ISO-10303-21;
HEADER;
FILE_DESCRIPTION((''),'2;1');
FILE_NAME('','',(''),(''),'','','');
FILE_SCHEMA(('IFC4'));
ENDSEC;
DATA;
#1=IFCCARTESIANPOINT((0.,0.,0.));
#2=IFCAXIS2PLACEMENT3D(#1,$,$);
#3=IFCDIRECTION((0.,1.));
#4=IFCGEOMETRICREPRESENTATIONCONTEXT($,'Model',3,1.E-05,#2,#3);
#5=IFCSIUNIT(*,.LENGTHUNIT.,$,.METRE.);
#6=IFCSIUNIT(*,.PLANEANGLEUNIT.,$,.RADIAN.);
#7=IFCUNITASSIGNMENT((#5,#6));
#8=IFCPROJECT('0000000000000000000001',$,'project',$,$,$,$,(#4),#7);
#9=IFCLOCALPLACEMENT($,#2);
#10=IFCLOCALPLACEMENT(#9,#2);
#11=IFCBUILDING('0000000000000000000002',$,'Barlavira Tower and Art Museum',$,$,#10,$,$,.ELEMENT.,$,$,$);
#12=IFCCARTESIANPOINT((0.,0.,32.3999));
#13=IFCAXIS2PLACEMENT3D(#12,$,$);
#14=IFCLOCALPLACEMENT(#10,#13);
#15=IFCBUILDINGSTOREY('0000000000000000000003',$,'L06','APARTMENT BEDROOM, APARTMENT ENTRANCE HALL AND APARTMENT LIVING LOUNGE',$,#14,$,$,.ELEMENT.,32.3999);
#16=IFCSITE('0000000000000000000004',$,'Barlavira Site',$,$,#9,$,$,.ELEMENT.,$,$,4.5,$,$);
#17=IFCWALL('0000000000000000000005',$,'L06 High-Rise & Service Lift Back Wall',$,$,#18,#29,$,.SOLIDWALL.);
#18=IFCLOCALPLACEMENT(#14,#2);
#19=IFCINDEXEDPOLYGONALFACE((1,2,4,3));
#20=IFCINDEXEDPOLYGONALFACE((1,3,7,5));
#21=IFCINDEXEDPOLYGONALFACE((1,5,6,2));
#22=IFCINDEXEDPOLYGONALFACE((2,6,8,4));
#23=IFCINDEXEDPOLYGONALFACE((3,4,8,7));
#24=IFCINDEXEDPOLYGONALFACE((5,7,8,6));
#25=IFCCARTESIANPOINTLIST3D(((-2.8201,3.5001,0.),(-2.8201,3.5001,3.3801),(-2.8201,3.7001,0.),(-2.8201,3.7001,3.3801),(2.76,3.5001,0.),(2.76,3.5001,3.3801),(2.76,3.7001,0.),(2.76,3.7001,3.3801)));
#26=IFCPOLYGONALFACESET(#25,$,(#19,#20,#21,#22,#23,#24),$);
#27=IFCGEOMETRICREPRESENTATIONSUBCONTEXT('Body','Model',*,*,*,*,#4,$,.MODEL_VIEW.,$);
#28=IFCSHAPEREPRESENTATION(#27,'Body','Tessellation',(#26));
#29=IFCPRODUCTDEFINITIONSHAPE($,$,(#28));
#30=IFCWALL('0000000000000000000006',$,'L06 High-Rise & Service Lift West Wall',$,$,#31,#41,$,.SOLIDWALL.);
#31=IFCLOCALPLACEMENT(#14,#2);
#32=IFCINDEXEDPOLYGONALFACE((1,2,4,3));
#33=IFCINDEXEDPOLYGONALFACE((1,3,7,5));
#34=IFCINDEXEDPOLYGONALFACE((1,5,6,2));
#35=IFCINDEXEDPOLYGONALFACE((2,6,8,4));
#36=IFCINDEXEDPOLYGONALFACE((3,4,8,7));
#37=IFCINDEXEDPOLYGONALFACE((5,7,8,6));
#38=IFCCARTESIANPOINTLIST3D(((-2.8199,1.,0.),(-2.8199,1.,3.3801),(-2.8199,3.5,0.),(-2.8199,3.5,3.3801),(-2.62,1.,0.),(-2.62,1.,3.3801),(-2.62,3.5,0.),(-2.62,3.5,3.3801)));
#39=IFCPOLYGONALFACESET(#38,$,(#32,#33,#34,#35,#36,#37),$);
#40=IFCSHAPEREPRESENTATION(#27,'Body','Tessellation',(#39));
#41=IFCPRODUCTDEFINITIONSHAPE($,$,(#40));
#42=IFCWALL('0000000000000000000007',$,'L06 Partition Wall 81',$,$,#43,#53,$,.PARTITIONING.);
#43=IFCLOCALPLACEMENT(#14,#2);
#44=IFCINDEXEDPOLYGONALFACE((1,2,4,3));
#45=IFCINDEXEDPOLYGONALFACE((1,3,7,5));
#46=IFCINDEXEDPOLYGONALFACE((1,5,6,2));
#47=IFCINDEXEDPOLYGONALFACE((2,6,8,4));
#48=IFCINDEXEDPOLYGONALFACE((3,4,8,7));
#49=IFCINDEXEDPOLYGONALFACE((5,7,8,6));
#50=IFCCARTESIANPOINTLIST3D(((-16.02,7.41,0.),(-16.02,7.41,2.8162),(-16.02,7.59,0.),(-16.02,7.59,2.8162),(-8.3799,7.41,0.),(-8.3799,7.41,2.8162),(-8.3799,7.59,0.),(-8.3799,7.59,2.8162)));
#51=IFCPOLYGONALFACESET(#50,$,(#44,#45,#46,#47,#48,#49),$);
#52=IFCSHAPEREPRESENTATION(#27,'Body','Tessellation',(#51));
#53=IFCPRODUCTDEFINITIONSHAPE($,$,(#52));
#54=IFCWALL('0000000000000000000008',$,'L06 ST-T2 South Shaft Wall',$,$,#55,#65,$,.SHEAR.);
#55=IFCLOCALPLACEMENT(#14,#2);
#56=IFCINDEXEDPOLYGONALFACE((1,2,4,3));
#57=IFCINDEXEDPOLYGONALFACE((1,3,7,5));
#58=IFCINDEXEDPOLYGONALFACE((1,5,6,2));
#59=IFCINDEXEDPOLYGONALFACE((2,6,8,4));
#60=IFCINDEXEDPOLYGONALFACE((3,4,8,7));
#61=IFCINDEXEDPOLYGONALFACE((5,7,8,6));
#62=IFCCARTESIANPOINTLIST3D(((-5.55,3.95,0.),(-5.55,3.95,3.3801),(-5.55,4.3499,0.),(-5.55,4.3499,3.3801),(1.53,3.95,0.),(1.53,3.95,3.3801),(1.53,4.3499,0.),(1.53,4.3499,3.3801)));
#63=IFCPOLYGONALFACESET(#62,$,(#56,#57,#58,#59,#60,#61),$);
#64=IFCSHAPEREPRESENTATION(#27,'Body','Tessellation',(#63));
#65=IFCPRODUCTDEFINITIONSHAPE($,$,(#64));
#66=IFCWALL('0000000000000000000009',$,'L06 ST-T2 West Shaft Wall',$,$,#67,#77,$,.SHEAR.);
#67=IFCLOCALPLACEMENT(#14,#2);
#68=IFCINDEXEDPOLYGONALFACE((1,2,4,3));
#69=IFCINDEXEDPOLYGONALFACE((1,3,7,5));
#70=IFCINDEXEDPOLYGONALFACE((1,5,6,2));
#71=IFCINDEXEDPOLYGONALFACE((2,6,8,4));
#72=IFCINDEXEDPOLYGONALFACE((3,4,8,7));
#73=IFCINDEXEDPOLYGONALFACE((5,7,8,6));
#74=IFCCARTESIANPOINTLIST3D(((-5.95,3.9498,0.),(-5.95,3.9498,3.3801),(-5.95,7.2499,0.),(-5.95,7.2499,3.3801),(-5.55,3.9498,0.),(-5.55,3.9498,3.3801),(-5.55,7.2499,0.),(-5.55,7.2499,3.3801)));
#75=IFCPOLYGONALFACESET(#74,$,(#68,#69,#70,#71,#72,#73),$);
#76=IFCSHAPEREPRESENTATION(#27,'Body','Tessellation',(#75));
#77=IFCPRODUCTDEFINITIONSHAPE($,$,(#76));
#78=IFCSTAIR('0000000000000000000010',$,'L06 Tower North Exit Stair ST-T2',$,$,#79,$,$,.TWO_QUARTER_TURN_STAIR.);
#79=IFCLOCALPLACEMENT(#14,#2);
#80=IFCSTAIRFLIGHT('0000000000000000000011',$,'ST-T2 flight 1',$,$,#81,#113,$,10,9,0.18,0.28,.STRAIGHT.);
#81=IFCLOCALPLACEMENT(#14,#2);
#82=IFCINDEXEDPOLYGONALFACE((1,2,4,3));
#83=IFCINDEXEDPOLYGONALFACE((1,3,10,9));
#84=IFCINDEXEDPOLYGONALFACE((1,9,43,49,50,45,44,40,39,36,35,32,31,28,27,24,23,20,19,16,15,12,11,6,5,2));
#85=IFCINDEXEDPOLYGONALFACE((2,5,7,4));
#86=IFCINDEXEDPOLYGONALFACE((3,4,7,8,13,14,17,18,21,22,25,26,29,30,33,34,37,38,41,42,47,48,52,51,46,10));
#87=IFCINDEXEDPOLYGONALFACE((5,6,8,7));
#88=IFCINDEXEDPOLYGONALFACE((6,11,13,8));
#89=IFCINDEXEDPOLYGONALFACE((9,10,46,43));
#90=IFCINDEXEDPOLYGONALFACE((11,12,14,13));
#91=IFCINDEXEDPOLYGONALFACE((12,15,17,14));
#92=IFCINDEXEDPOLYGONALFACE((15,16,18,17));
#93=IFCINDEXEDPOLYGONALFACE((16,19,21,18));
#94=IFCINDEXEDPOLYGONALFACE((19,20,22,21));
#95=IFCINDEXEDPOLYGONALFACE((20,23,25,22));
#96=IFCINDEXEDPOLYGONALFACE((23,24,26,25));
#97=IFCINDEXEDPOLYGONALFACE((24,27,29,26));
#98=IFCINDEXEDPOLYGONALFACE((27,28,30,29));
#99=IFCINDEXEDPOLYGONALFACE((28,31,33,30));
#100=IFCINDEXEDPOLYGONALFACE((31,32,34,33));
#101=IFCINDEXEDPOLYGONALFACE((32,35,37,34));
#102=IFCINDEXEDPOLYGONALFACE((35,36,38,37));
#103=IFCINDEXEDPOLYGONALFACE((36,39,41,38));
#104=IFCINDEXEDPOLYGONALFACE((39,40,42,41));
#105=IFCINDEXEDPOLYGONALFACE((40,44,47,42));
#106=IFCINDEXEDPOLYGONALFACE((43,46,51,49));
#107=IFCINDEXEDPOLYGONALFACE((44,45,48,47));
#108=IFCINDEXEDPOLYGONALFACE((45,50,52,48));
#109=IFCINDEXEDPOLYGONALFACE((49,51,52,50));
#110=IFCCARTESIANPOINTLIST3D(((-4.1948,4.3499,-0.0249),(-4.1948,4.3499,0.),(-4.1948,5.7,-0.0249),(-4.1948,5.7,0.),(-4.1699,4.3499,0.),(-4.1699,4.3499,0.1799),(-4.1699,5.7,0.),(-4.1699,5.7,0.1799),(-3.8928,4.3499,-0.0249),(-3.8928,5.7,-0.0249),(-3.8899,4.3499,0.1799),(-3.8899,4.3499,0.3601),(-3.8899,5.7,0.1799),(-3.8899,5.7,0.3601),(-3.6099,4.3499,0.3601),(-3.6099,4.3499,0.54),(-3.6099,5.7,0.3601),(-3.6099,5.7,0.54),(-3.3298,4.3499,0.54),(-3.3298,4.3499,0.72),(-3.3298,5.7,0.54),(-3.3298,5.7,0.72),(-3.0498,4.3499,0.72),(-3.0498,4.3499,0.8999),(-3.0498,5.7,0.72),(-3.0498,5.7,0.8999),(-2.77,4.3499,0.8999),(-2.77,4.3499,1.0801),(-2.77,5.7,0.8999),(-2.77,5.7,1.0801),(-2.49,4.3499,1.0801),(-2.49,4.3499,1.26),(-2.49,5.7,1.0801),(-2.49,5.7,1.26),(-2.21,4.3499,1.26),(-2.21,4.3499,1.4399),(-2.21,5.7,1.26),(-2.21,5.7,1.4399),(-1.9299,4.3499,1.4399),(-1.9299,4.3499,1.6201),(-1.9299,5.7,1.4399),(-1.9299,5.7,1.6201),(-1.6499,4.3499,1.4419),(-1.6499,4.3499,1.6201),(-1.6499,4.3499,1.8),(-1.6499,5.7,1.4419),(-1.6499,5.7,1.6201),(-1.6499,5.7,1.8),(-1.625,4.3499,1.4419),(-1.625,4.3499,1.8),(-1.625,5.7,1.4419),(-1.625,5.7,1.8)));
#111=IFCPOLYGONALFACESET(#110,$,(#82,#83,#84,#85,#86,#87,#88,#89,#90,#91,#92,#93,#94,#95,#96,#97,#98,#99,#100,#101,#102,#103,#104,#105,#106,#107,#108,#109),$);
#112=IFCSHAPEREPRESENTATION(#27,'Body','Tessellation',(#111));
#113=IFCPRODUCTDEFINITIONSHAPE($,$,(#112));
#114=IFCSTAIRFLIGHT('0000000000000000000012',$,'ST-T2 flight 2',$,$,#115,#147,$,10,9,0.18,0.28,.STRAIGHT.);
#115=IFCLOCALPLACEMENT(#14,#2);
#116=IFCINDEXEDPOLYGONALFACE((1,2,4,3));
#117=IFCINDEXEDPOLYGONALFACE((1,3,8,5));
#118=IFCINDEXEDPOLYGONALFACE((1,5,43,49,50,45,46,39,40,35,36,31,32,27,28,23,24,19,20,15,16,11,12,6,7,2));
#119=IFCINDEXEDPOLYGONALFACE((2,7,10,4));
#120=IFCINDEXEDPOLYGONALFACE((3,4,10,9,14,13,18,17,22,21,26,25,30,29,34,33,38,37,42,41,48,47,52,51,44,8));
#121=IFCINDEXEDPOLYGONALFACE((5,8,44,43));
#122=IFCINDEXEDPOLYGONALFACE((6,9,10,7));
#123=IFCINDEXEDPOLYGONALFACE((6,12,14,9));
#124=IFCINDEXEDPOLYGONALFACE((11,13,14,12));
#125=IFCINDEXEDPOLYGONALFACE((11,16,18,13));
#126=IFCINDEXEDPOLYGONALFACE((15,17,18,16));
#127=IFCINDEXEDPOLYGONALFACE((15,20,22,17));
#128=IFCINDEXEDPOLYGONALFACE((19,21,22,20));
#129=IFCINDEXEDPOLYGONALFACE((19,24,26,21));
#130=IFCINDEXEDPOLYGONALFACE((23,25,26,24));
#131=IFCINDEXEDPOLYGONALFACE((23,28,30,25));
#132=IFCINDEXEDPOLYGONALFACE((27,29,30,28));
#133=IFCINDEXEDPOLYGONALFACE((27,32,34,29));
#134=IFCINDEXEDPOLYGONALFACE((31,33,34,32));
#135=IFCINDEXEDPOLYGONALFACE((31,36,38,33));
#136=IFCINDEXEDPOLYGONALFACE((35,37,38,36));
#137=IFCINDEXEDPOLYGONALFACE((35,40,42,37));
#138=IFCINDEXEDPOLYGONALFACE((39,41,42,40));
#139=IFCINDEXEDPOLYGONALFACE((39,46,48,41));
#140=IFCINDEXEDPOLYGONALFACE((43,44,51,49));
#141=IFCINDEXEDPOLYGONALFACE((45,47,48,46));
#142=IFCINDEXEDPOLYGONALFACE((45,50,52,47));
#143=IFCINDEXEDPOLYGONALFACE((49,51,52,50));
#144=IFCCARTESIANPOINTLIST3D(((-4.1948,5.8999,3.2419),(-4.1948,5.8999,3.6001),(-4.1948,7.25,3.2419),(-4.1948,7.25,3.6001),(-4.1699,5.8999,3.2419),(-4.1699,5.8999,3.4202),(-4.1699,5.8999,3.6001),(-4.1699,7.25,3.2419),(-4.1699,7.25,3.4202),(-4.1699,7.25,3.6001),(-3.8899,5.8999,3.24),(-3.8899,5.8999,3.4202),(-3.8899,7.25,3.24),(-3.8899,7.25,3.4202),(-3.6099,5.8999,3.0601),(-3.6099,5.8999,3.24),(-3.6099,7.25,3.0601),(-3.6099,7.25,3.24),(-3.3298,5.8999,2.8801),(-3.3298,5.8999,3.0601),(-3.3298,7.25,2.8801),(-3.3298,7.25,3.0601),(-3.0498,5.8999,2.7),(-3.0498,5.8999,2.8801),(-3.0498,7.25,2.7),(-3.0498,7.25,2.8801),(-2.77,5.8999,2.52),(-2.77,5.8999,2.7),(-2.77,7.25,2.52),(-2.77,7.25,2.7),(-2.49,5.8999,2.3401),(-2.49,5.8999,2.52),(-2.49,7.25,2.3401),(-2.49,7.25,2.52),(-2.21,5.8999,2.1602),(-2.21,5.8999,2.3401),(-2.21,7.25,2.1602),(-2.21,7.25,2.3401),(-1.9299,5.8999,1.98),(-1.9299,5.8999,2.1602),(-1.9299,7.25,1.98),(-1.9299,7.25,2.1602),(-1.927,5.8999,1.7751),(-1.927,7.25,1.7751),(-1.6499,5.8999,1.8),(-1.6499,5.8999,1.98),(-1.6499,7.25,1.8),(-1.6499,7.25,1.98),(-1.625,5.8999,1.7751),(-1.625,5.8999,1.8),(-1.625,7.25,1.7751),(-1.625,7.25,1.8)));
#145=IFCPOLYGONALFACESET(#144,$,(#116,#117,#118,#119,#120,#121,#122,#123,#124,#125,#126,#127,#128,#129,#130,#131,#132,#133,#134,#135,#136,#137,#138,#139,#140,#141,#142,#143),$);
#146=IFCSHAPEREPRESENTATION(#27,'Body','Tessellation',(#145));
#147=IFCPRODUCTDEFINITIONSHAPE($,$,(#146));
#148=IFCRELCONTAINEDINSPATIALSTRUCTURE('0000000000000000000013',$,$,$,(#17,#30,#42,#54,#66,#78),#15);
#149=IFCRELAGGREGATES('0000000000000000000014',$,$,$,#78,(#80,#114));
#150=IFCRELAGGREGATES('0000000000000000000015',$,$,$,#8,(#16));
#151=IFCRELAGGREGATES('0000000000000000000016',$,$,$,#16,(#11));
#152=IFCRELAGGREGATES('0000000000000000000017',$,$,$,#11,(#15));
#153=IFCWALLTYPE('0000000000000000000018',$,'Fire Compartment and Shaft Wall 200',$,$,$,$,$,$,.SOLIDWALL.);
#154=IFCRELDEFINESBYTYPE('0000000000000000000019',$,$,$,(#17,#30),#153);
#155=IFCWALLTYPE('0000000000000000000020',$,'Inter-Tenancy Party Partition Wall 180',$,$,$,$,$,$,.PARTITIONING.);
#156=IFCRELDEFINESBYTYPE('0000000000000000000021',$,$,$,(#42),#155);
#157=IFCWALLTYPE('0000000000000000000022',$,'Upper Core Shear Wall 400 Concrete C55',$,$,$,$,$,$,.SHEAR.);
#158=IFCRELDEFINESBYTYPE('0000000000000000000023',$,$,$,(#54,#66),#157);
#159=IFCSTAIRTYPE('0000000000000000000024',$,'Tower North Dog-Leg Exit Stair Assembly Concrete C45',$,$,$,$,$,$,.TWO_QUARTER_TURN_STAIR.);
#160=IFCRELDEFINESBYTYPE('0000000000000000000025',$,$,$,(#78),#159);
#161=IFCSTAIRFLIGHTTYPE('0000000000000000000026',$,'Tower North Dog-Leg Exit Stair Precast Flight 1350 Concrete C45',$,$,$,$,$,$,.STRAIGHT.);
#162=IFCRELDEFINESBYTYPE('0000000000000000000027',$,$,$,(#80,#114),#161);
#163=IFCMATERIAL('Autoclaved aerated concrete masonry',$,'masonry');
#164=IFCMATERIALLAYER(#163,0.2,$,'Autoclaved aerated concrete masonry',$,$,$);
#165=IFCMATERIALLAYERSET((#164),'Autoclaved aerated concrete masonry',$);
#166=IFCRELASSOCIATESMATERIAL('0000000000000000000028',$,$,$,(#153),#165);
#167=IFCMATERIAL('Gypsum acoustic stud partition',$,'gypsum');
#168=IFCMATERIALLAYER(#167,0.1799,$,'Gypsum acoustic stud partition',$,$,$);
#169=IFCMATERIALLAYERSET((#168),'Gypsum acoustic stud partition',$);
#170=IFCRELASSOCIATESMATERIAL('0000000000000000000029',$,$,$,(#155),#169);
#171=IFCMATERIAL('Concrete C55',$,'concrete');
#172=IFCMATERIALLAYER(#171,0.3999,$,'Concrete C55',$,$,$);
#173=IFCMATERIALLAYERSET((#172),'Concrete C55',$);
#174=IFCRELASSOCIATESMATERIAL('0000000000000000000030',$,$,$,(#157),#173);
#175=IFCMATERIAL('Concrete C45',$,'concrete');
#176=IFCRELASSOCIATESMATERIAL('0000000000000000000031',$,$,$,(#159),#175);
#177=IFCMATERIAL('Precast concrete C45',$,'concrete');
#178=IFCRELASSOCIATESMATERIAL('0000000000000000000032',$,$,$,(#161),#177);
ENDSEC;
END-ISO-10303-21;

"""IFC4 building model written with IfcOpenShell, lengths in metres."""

from ifc_helpers import new_model, si_unit, direction, frame, frame_2d, origin, place, context, subcontext, project, spatial, polyline, rectangle, outline, extrude, material, layer, layer_set, type_object, element, aggregate, save


model = new_model("IFC4")

# Units and contexts
model_context = context("Model", 3, precision=1e-05, world=origin(), true_north=direction((0.0, 1.0)))
body_context = subcontext(model_context, "Body", "Model", "MODEL_VIEW")
ifc_project = project(units=[si_unit("LENGTHUNIT", "METRE"), si_unit("PLANEANGLEUNIT", "RADIAN")], contexts=[model_context])

# Site, building, storey
site_placement = place(None, origin())
site = spatial("IfcSite", under=ifc_project, at=site_placement, Name="Barlavira Site", CompositionType="ELEMENT", RefElevation=4.5)
building_placement = place(site_placement, origin())
building = spatial("IfcBuilding", under=site, at=building_placement, Name="Barlavira Tower and Art Museum", CompositionType="ELEMENT")
storey_placement = place(building_placement, frame((0.0, 0.0, 32.3999)))
storey = spatial("IfcBuildingStorey", under=building, at=storey_placement, Name="L06", Description="APARTMENT BEDROOM, APARTMENT ENTRANCE HALL AND APARTMENT LIVING LOUNGE", CompositionType="ELEMENT", Elevation=32.3999)

# Shared definitions
ifc_material_1 = material(Name="Concrete C45", Category="concrete")

# Shared definitions
ifc_material_2 = material(Name="Autoclaved aerated concrete masonry", Category="masonry")
ifc_layer_1 = layer(ifc_material_2, 0.2, Name="Autoclaved aerated concrete masonry")
ifc_layer_set_1 = layer_set([ifc_layer_1], Name="Autoclaved aerated concrete masonry")
wall_type_1 = type_object("IfcWallType", Name="Fire Compartment and Shaft Wall 200", PredefinedType="SOLIDWALL", material=ifc_layer_set_1)

# Walls
wall_1_placement = place(storey_placement, frame((-2.8201, 3.6001, 0.0), z_axis=(0.0, 0.0, 1.0), x_axis=(1.0, 0.0, 0.0)))
element("IfcWall", 1, at=wall_1_placement, inside=storey, type_object=wall_type_1, Name="L06 High-Rise & Service Lift Back Wall", PredefinedType="SOLIDWALL", context=body_context, shape_type="SweptSolid", body=[
    extrude(rectangle(XDim=5.5801, YDim=0.2, at=frame_2d((2.79, 0.0))), origin(), (0.0, 0.0, 1.0), 3.3801),
])
wall_2_placement = place(storey_placement, frame((-2.72, 1.0, 0.0), z_axis=(0.0, 0.0, 1.0), x_axis=(0.0, 1.0, 0.0)))
element("IfcWall", 2, at=wall_2_placement, inside=storey, type_object=wall_type_1, Name="L06 High-Rise & Service Lift West Wall", PredefinedType="SOLIDWALL", context=body_context, shape_type="SweptSolid", body=[
    extrude(rectangle(XDim=2.5, YDim=0.2, at=frame_2d((1.25, 0.0))), origin(), (0.0, 0.0, 1.0), 3.3801),
])
ifc_material_3 = material(Name="Gypsum acoustic stud partition", Category="gypsum")
ifc_layer_2 = layer(ifc_material_3, 0.1799, Name="Gypsum acoustic stud partition")
ifc_layer_set_2 = layer_set([ifc_layer_2], Name="Gypsum acoustic stud partition")
wall_type_2 = type_object("IfcWallType", Name="Inter-Tenancy Party Partition Wall 180", PredefinedType="PARTITIONING", material=ifc_layer_set_2)
wall_3_placement = place(storey_placement, frame((-16.02, 7.5, 0.0), z_axis=(0.0, 0.0, 1.0), x_axis=(1.0, 0.0, 0.0)))
element("IfcWall", 3, at=wall_3_placement, inside=storey, type_object=wall_type_2, Name="L06 Partition Wall 81", PredefinedType="PARTITIONING", context=body_context, shape_type="SweptSolid", body=[
    extrude(rectangle(XDim=7.6401, YDim=0.1799, at=frame_2d((3.8201, 0.0))), origin(), (0.0, 0.0, 1.0), 2.8162),
])
ifc_material_4 = material(Name="Concrete C55", Category="concrete")
ifc_layer_3 = layer(ifc_material_4, 0.3999, Name="Concrete C55")
ifc_layer_set_3 = layer_set([ifc_layer_3], Name="Concrete C55")
wall_type_3 = type_object("IfcWallType", Name="Upper Core Shear Wall 400 Concrete C55", PredefinedType="SHEAR", material=ifc_layer_set_3)
wall_4_placement = place(storey_placement, frame((-5.55, 4.1499, 0.0), z_axis=(0.0, 0.0, 1.0), x_axis=(1.0, 0.0, 0.0)))
element("IfcWall", 4, at=wall_4_placement, inside=storey, type_object=wall_type_3, Name="L06 ST-T2 South Shaft Wall", PredefinedType="SHEAR", context=body_context, shape_type="SweptSolid", body=[
    extrude(rectangle(XDim=7.0801, YDim=0.3999, at=frame_2d((3.54, 0.0))), origin(), (0.0, 0.0, 1.0), 3.3801),
])
wall_5_placement = place(storey_placement, frame((-5.75, 3.95, 0.0), z_axis=(0.0, 0.0, 1.0), x_axis=(0.0, 1.0, 0.0)))
element("IfcWall", 5, at=wall_5_placement, inside=storey, type_object=wall_type_3, Name="L06 ST-T2 West Shaft Wall", PredefinedType="SHEAR", context=body_context, shape_type="SweptSolid", body=[
    extrude(rectangle(XDim=3.3, YDim=0.3999, at=frame_2d((1.6499, 0.0))), origin(), (0.0, 0.0, 1.0), 3.3801),
])

# Stair, stair flights
stair_type_1 = type_object("IfcStairType", Name="Tower North Dog-Leg Exit Stair Assembly Concrete C45", PredefinedType="TWO_QUARTER_TURN_STAIR", material=ifc_material_1)
stair_1_placement = place(storey_placement, origin())
stair_1 = element("IfcStair", 6, at=stair_1_placement, inside=storey, type_object=stair_type_1, Name="L06 Tower North Exit Stair ST-T2", PredefinedType="TWO_QUARTER_TURN_STAIR")
ifc_material_5 = material(Name="Precast concrete C45", Category="concrete")
stair_flight_type = type_object("IfcStairFlightType", Name="Tower North Dog-Leg Exit Stair Precast Flight 1350 Concrete C45", PredefinedType="STRAIGHT", material=ifc_material_5)
stair_flight_1_placement = place(storey_placement, frame((-4.1699, 5.0249, 0.0), z_axis=(0.0, 0.0, 1.0), x_axis=(1.0, 0.0, 0.0)))
stair_flight_1 = element("IfcStairFlight", 7, at=stair_flight_1_placement, type_object=stair_flight_type, Name="ST-T2 flight 1", NumberOfRisers=10, NumberOfTreads=9, PredefinedType="STRAIGHT", RiserHeight=0.18, TreadLength=0.28, context=body_context, shape_type="SweptSolid", body=[
    extrude(outline(polyline([(-0.0249, 0.0), (0.0, 0.0), (0.0, 0.1799), (0.28, 0.1799), (0.28, 0.3601), (0.5601, 0.3601), (0.5601, 0.54), (0.8401, 0.54), (0.8401, 0.72), (1.1201, 0.72), (1.1201, 0.8999), (1.3999, 0.8999), (1.3999, 1.0801), (1.6799, 1.0801), (1.6799, 1.26), (1.96, 1.26), (1.96, 1.4399), (2.24, 1.4399), (2.24, 1.6201), (2.52, 1.6201), (2.52, 1.8), (2.5449, 1.8), (2.5449, 1.4419), (2.52, 1.4419), (0.2771, -0.0249), (-0.0249, -0.0249), (-0.0249, 0.0)])), frame((0.0, 0.675, 0.0), z_axis=(0.0, -1.0, 0.0), x_axis=(1.0, 0.0, 0.0)), (0.0, 0.0, 1.0), 1.3501),
])
stair_flight_2_placement = place(storey_placement, frame((-1.6499, 6.575, 1.8), z_axis=(0.0, 0.0, 1.0), x_axis=(-1.0, 0.0, 0.0)))
stair_flight_2 = element("IfcStairFlight", 8, at=stair_flight_2_placement, type_object=stair_flight_type, Name="ST-T2 flight 2", NumberOfRisers=10, NumberOfTreads=9, PredefinedType="STRAIGHT", RiserHeight=0.18, TreadLength=0.28, context=body_context, shape_type="SweptSolid", body=[
    extrude(outline(polyline([(-0.0249, 0.0), (0.0, 0.0), (0.0, 0.1799), (0.28, 0.1799), (0.28, 0.3601), (0.5601, 0.3601), (0.5601, 0.54), (0.8401, 0.54), (0.8401, 0.72), (1.1201, 0.72), (1.1201, 0.8999), (1.3999, 0.8999), (1.3999, 1.0801), (1.6799, 1.0801), (1.6799, 1.26), (1.96, 1.26), (1.96, 1.4399), (2.24, 1.4399), (2.24, 1.6201), (2.52, 1.6201), (2.52, 1.8), (2.5449, 1.8), (2.5449, 1.4419), (2.52, 1.4419), (0.2771, -0.0249), (-0.0249, -0.0249), (-0.0249, 0.0)])), frame((0.0, 0.675, 0.0), z_axis=(0.0, -1.0, 0.0), x_axis=(1.0, 0.0, 0.0)), (0.0, 0.0, 1.0), 1.3501),
])
aggregate(stair_1, [stair_flight_1, stair_flight_2])

save(model, "model.ifc")
